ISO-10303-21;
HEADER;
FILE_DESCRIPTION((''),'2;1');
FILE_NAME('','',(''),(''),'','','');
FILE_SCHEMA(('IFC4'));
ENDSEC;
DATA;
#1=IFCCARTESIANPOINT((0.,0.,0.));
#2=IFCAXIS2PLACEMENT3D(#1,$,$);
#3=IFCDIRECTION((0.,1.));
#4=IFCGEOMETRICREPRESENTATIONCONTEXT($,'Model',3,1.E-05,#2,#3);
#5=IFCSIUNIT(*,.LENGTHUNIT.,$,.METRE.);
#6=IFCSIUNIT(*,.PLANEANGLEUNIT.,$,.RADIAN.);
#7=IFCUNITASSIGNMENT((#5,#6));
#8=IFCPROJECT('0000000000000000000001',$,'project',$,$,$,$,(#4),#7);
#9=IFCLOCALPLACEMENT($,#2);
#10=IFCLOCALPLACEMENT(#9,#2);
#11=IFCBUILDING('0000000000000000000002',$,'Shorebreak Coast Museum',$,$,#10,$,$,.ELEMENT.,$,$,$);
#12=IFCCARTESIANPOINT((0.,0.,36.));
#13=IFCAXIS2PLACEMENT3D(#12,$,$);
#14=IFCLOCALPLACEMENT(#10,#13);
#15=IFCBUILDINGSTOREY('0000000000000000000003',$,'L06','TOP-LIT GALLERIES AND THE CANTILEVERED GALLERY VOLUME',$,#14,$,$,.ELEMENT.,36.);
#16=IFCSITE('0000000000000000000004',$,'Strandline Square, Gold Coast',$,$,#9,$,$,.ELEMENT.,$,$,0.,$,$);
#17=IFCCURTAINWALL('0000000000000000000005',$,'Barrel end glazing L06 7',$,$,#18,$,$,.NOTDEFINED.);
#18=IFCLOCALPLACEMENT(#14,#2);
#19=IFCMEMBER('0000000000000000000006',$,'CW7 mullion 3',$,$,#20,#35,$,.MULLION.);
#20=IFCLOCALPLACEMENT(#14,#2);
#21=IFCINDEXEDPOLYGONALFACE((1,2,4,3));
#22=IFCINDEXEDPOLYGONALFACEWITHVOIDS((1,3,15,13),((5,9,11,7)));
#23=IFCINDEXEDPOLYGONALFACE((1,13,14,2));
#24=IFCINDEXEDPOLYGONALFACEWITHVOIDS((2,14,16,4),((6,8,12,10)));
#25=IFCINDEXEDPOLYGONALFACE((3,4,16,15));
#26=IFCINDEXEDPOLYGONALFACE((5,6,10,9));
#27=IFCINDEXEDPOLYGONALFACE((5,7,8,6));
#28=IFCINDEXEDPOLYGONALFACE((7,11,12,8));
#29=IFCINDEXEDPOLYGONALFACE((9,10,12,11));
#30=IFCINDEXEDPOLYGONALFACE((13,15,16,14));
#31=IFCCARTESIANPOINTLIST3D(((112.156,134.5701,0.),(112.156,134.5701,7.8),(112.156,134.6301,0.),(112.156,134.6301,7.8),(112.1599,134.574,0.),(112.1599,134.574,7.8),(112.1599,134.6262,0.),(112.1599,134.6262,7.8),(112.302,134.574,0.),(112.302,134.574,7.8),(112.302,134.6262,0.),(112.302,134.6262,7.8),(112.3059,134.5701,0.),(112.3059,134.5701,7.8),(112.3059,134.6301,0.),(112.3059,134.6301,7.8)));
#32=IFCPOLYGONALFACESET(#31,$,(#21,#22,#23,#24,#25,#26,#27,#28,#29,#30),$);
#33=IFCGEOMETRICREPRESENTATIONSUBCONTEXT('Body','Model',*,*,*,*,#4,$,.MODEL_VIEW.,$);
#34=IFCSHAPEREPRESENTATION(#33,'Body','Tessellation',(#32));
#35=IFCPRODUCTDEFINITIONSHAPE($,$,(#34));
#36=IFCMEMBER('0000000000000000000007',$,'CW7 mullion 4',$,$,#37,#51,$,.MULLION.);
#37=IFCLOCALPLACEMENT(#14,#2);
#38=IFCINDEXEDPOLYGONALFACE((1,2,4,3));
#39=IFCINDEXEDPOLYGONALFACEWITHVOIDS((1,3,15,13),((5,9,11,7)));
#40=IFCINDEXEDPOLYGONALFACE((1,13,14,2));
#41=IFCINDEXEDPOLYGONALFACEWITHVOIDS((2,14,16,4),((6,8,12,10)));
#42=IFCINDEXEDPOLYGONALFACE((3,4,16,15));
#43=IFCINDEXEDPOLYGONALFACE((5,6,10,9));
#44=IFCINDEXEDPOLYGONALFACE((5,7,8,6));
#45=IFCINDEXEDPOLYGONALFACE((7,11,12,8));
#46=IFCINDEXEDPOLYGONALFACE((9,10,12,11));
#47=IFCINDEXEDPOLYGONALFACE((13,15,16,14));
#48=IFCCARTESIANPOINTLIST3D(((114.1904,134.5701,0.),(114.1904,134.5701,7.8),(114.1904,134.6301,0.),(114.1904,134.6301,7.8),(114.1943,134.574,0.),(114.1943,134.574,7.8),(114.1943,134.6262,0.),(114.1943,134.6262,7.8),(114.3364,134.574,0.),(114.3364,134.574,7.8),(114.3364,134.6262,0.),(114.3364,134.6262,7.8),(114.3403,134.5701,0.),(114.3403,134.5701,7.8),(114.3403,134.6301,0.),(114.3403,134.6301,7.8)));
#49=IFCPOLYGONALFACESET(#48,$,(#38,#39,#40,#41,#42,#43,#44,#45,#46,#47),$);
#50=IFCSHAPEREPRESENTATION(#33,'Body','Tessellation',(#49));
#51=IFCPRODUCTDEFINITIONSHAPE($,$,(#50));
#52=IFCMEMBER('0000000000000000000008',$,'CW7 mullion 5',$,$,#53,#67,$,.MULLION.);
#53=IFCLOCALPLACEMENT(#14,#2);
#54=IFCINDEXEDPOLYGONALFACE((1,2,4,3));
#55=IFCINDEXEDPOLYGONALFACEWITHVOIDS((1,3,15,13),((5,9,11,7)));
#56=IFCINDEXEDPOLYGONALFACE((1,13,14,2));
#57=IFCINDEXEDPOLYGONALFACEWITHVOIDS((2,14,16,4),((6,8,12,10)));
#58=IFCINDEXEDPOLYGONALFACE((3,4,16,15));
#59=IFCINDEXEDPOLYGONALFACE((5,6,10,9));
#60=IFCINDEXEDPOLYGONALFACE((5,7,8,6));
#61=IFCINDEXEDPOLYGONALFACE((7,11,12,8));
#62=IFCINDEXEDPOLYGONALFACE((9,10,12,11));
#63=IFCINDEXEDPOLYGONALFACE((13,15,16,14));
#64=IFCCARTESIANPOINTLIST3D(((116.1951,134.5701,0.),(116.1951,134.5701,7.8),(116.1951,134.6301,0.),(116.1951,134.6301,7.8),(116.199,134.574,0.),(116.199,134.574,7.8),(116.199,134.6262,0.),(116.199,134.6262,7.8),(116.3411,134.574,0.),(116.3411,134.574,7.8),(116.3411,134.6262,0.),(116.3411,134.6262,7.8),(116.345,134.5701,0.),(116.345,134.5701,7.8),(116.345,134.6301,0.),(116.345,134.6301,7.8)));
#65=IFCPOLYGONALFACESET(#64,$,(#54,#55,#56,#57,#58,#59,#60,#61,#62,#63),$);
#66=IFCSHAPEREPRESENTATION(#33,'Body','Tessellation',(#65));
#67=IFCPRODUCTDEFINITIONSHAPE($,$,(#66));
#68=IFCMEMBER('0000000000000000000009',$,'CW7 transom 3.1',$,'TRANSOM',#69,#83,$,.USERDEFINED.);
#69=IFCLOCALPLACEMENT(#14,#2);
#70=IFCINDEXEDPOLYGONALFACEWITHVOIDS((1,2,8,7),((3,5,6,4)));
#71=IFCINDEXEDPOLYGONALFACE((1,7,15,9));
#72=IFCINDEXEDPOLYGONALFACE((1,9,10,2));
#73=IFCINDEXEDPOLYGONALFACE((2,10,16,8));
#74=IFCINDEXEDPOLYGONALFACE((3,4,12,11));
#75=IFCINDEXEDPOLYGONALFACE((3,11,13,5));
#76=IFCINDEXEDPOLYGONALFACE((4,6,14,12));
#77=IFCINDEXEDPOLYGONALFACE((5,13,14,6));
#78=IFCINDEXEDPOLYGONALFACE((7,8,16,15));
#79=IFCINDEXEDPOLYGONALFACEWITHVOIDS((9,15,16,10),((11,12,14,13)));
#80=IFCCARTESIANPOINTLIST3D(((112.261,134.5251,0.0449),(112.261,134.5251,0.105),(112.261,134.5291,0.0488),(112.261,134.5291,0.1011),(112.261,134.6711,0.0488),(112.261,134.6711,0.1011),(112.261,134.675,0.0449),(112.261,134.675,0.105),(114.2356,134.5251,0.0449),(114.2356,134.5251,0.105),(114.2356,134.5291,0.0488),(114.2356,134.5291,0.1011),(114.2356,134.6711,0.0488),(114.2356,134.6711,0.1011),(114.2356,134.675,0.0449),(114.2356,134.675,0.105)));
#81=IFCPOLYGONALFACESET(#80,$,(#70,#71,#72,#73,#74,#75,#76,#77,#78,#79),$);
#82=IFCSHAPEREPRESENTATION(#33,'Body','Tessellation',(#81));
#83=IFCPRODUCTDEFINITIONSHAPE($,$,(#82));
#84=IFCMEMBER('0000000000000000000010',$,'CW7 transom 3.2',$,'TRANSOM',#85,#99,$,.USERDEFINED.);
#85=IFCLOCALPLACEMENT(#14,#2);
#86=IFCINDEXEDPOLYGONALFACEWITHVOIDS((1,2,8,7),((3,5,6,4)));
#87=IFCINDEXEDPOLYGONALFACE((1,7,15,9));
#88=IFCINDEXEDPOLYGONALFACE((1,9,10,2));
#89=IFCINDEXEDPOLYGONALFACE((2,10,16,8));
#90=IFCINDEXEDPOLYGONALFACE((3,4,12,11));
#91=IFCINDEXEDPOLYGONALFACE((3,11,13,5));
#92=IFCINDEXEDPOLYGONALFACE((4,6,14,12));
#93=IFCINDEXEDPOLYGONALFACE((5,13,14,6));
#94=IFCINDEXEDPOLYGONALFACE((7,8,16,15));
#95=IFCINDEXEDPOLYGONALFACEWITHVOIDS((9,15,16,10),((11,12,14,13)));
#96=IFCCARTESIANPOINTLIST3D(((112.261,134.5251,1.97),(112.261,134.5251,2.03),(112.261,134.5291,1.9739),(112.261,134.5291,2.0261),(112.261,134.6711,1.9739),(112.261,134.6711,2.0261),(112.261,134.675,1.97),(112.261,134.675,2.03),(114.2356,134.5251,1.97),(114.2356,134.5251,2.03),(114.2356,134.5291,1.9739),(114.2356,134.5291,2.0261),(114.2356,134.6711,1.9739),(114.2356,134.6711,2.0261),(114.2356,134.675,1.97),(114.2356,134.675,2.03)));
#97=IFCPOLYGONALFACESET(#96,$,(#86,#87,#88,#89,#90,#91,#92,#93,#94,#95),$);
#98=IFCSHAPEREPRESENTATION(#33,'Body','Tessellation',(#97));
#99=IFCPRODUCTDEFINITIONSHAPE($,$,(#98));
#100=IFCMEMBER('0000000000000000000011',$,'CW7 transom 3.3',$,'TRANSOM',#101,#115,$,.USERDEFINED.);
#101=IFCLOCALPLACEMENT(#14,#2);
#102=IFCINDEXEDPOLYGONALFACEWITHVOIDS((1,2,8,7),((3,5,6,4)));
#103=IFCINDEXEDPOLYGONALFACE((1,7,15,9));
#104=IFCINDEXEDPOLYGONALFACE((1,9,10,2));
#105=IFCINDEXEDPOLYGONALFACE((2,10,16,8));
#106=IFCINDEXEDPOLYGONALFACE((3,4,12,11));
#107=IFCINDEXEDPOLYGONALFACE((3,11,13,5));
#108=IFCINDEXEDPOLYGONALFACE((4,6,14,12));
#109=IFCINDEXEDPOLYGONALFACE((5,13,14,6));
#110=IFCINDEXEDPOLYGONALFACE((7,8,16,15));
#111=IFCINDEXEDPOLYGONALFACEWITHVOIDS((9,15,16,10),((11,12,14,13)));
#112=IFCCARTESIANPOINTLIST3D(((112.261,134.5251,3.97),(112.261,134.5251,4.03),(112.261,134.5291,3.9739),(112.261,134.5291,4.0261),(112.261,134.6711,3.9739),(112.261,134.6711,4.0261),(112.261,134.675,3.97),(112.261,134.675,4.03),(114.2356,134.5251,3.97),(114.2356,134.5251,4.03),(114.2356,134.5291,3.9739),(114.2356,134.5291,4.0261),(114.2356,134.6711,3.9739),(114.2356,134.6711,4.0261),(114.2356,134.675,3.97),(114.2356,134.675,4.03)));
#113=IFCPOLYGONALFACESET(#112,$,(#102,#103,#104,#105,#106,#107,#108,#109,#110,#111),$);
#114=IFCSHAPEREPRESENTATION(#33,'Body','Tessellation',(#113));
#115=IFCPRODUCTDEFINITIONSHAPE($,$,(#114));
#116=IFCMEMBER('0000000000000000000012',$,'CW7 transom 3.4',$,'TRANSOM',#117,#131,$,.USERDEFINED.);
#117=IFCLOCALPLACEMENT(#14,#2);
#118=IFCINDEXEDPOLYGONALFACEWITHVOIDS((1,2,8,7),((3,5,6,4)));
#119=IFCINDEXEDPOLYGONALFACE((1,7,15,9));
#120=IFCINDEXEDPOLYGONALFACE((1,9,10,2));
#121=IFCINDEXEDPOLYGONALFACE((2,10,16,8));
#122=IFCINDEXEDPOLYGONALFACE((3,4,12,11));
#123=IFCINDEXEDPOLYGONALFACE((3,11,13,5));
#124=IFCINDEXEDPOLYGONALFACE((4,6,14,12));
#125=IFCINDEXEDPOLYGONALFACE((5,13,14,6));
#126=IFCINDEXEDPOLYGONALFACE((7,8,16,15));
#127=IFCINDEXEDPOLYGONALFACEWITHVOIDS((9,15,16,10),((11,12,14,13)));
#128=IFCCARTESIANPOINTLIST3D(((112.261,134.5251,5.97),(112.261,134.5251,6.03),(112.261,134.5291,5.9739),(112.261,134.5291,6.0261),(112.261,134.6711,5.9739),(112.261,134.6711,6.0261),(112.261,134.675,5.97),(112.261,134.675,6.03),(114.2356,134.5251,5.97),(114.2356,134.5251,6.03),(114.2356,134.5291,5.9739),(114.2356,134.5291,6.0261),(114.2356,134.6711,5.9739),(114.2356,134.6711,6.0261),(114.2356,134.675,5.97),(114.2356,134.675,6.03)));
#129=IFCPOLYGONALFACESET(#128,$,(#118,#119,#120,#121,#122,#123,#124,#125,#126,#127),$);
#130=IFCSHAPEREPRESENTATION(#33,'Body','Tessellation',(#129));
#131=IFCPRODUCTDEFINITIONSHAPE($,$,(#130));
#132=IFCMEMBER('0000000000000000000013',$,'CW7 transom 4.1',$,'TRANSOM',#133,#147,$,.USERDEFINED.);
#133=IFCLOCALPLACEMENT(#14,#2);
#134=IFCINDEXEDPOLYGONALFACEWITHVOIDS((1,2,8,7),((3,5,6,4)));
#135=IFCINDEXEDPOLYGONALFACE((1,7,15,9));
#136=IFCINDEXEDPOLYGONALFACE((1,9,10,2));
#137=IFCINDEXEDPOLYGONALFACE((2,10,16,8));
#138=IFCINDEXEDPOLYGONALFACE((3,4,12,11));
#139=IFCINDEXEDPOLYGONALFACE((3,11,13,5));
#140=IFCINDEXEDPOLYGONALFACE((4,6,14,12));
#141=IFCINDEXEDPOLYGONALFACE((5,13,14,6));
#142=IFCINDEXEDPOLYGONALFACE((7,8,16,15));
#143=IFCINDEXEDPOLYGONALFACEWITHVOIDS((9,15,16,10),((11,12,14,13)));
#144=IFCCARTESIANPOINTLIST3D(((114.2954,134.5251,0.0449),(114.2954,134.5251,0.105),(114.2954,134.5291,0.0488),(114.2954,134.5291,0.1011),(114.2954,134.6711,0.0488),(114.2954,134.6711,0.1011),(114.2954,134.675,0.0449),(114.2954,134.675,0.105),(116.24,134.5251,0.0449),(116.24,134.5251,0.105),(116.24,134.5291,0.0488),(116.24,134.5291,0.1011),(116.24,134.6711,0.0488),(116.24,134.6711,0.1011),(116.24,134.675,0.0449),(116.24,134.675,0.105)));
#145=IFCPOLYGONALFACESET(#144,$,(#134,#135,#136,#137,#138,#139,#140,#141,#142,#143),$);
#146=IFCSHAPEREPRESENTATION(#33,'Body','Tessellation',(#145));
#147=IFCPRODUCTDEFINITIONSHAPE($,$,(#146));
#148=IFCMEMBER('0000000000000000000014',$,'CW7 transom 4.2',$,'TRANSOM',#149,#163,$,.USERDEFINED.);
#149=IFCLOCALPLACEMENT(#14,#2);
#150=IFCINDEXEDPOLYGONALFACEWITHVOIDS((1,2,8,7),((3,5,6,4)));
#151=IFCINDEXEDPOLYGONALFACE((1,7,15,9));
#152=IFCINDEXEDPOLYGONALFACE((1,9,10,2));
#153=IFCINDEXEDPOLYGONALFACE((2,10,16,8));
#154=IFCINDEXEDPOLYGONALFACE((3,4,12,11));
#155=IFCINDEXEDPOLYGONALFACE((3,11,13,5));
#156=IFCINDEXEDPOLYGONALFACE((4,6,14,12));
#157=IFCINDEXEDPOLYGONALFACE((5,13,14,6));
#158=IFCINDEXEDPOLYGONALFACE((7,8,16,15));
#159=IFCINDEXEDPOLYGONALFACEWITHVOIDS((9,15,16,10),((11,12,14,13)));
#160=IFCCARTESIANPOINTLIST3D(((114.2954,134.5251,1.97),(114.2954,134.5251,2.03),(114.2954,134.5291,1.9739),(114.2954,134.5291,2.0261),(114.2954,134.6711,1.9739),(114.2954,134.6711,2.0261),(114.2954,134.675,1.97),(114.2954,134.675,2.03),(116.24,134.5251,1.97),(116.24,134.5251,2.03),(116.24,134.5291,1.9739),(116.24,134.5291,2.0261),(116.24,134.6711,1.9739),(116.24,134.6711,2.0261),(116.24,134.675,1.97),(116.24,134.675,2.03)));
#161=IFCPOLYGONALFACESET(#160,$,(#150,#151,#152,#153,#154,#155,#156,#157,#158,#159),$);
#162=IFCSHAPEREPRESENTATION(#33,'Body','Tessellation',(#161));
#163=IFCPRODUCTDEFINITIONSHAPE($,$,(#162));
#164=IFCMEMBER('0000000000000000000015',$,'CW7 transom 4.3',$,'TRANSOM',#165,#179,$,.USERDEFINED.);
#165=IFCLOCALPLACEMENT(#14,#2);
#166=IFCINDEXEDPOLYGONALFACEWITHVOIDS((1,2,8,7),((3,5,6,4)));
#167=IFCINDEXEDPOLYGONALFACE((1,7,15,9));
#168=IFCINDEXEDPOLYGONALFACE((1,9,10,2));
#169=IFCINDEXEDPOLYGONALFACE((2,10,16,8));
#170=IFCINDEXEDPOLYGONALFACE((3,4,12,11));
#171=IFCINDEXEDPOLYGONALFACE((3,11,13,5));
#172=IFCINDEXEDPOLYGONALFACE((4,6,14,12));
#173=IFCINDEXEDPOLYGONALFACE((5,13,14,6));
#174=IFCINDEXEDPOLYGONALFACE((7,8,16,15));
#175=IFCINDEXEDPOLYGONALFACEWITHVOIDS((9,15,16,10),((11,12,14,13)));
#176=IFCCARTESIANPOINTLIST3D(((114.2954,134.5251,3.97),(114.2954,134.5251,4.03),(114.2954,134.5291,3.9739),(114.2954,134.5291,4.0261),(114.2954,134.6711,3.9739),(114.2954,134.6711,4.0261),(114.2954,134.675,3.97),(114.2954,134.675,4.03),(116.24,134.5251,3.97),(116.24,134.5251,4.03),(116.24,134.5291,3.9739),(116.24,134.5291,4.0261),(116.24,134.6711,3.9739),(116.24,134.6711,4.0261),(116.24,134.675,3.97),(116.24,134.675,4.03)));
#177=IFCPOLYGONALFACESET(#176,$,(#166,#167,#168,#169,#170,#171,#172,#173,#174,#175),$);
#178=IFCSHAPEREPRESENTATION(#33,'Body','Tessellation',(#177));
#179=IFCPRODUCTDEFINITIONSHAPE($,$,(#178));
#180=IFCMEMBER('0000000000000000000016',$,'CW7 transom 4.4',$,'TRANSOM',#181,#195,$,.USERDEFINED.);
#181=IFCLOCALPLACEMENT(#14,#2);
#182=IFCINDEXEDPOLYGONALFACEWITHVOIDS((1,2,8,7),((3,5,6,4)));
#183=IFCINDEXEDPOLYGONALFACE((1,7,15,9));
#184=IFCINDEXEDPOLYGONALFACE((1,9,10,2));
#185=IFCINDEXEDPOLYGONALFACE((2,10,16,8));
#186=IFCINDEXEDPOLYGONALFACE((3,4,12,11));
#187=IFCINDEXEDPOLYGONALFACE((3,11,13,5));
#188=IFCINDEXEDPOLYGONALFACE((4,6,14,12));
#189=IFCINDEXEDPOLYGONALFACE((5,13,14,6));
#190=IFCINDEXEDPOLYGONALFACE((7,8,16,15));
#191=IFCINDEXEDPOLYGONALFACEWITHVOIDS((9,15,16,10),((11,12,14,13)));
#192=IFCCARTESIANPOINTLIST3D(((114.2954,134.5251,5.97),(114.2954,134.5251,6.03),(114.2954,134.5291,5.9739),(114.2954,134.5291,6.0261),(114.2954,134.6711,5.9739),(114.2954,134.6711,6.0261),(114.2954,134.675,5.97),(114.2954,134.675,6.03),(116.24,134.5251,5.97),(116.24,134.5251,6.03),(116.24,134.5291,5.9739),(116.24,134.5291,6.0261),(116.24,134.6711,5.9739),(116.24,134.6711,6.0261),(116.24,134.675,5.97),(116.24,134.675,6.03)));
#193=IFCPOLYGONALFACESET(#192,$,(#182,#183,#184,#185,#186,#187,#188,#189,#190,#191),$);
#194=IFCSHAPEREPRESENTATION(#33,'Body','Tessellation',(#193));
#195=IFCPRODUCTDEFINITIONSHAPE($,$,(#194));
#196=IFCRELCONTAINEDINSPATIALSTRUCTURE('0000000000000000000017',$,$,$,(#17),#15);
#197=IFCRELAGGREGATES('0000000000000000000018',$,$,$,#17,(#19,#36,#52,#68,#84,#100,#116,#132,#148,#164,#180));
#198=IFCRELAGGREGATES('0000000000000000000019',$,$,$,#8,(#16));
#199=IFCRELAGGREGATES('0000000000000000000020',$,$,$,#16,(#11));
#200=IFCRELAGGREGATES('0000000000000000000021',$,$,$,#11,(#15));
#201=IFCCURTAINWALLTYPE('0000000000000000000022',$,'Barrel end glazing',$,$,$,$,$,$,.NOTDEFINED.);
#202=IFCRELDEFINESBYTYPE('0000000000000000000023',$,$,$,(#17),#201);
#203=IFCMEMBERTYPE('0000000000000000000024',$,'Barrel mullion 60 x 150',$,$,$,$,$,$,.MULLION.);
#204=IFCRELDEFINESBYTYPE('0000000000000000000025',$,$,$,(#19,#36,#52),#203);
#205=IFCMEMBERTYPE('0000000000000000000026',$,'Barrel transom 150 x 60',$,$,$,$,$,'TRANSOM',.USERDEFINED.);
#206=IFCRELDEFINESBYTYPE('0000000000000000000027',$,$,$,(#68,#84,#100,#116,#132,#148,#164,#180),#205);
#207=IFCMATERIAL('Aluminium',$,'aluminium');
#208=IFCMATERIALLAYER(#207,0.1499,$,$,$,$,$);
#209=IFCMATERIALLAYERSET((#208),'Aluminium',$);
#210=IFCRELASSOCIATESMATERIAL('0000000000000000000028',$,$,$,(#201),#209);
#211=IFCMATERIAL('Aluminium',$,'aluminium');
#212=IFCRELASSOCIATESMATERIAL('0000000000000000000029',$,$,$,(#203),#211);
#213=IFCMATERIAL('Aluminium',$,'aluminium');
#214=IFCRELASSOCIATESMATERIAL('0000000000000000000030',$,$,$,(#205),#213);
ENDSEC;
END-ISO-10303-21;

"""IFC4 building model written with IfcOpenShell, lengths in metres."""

from ifc_helpers import new_model, si_unit, direction, frame, origin, origin_2d, place, context, subcontext, project, spatial, hollow_rectangle, extrude, material, layer, layer_set, material_profile, profile_set, type_object, element, aggregate, save


model = new_model("IFC4")

# Units and contexts
model_context = context("Model", 3, precision=1e-05, world=origin(), true_north=direction((0.0, 1.0)))
body_context = subcontext(model_context, "Body", "Model", "MODEL_VIEW")
ifc_project = project(units=[si_unit("LENGTHUNIT", "METRE"), si_unit("PLANEANGLEUNIT", "RADIAN")], contexts=[model_context])

# Site, building, storey
site_placement = place(None, origin())
site = spatial("IfcSite", under=ifc_project, at=site_placement, Name="Strandline Square, Gold Coast", CompositionType="ELEMENT", RefElevation=0.0)
building_placement = place(site_placement, origin())
building = spatial("IfcBuilding", under=site, at=building_placement, Name="Shorebreak Coast Museum", CompositionType="ELEMENT")
storey_placement = place(building_placement, frame((0.0, 0.0, 36.0)))
storey = spatial("IfcBuildingStorey", under=building, at=storey_placement, Name="L06", Description="TOP-LIT GALLERIES AND THE CANTILEVERED GALLERY VOLUME", CompositionType="ELEMENT", Elevation=36.0)

# Curtain wall, members
ifc_material_1 = material(Name="Aluminium", Category="aluminium")
ifc_layer_1 = layer(ifc_material_1, 0.1499)
ifc_layer_set_1 = layer_set([ifc_layer_1], Name="Aluminium")
curtain_wall_type = type_object("IfcCurtainWallType", Name="Barrel end glazing", PredefinedType="NOTDEFINED", material=ifc_layer_set_1)
curtain_wall_placement = place(storey_placement, origin())
curtain_wall = element("IfcCurtainWall", 1, at=curtain_wall_placement, inside=storey, type_object=curtain_wall_type, Name="Barrel end glazing L06 7", PredefinedType="NOTDEFINED")
ifc_material_2 = material(Name="Aluminium", Category="aluminium")
ifc_material_profile_1 = material_profile(ifc_material_2, hollow_rectangle(XDim=0.0601, YDim=0.1499, WallThickness=0.0039, at=origin_2d()), Name="AL 150x60 RHS")
ifc_profile_set_1 = profile_set([ifc_material_profile_1], Name="Aluminium")
member_type_1 = type_object("IfcMemberType", Name="Barrel mullion 60 x 150", PredefinedType="MULLION", material=ifc_profile_set_1)
member_1_placement = place(storey_placement, frame((112.231, 134.6001, 0.0), z_axis=(0.0, 0.0, 1.0), x_axis=(0.0, 1.0, 0.0)))
member_1 = element("IfcMember", 2, at=member_1_placement, type_object=member_type_1, Name="CW7 mullion 3", PredefinedType="MULLION", context=body_context, shape_type="SweptSolid", body=[
    extrude(hollow_rectangle(XDim=0.0601, YDim=0.1499, WallThickness=0.0039, at=origin_2d()), origin(), (0.0, 0.0, 1.0), 7.8),
])
member_2_placement = place(storey_placement, frame((114.2654, 134.6001, 0.0), z_axis=(0.0, 0.0, 1.0), x_axis=(0.0, 1.0, 0.0)))
member_2 = element("IfcMember", 3, at=member_2_placement, type_object=member_type_1, Name="CW7 mullion 4", PredefinedType="MULLION", context=body_context, shape_type="SweptSolid", body=[
    extrude(hollow_rectangle(XDim=0.0601, YDim=0.1499, WallThickness=0.0039, at=origin_2d()), origin(), (0.0, 0.0, 1.0), 7.8),
])
member_3_placement = place(storey_placement, frame((116.27, 134.6001, 0.0), z_axis=(0.0, 0.0, 1.0), x_axis=(0.0, 1.0, 0.0)))
member_3 = element("IfcMember", 4, at=member_3_placement, type_object=member_type_1, Name="CW7 mullion 5", PredefinedType="MULLION", context=body_context, shape_type="SweptSolid", body=[
    extrude(hollow_rectangle(XDim=0.0601, YDim=0.1499, WallThickness=0.0039, at=origin_2d()), origin(), (0.0, 0.0, 1.0), 7.8),
])
ifc_material_3 = material(Name="Aluminium", Category="aluminium")
ifc_material_profile_2 = material_profile(ifc_material_3, hollow_rectangle(XDim=0.1499, YDim=0.0601, WallThickness=0.0039, at=origin_2d()), Name="AL 60x150 RHS")
ifc_profile_set_2 = profile_set([ifc_material_profile_2], Name="Aluminium")
member_type_2 = type_object("IfcMemberType", Name="Barrel transom 150 x 60", ElementType="TRANSOM", PredefinedType="USERDEFINED", material=ifc_profile_set_2)
member_4_placement = place(storey_placement, frame((112.261, 134.6001, 0.075), z_axis=(1.0, 0.0, 0.0), x_axis=(0.0, 1.0, 0.0)))
member_4 = element("IfcMember", 5, at=member_4_placement, type_object=member_type_2, Name="CW7 transom 3.1", ObjectType="TRANSOM", PredefinedType="USERDEFINED", context=body_context, shape_type="SweptSolid", body=[
    extrude(hollow_rectangle(XDim=0.1499, YDim=0.0601, WallThickness=0.0039, at=origin_2d()), origin(), (0.0, 0.0, 1.0), 1.9746),
])
member_5_placement = place(storey_placement, frame((112.261, 134.6001, 2.0), z_axis=(1.0, 0.0, 0.0), x_axis=(0.0, 1.0, 0.0)))
member_5 = element("IfcMember", 6, at=member_5_placement, type_object=member_type_2, Name="CW7 transom 3.2", ObjectType="TRANSOM", PredefinedType="USERDEFINED", context=body_context, shape_type="SweptSolid", body=[
    extrude(hollow_rectangle(XDim=0.1499, YDim=0.0601, WallThickness=0.0039, at=origin_2d()), origin(), (0.0, 0.0, 1.0), 1.9746),
])
member_6_placement = place(storey_placement, frame((112.261, 134.6001, 4.0), z_axis=(1.0, 0.0, 0.0), x_axis=(0.0, 1.0, 0.0)))
member_6 = element("IfcMember", 7, at=member_6_placement, type_object=member_type_2, Name="CW7 transom 3.3", ObjectType="TRANSOM", PredefinedType="USERDEFINED", context=body_context, shape_type="SweptSolid", body=[
    extrude(hollow_rectangle(XDim=0.1499, YDim=0.0601, WallThickness=0.0039, at=origin_2d()), origin(), (0.0, 0.0, 1.0), 1.9746),
])
member_7_placement = place(storey_placement, frame((112.261, 134.6001, 6.0), z_axis=(1.0, 0.0, 0.0), x_axis=(0.0, 1.0, 0.0)))
member_7 = element("IfcMember", 8, at=member_7_placement, type_object=member_type_2, Name="CW7 transom 3.4", ObjectType="TRANSOM", PredefinedType="USERDEFINED", context=body_context, shape_type="SweptSolid", body=[
    extrude(hollow_rectangle(XDim=0.1499, YDim=0.0601, WallThickness=0.0039, at=origin_2d()), origin(), (0.0, 0.0, 1.0), 1.9746),
])
member_8_placement = place(storey_placement, frame((114.2954, 134.6001, 0.075), z_axis=(1.0, 0.0, 0.0), x_axis=(0.0, 1.0, 0.0)))
member_8 = element("IfcMember", 9, at=member_8_placement, type_object=member_type_2, Name="CW7 transom 4.1", ObjectType="TRANSOM", PredefinedType="USERDEFINED", context=body_context, shape_type="SweptSolid", body=[
    extrude(hollow_rectangle(XDim=0.1499, YDim=0.0601, WallThickness=0.0039, at=origin_2d()), origin(), (0.0, 0.0, 1.0), 1.9446),
])
member_9_placement = place(storey_placement, frame((114.2954, 134.6001, 2.0), z_axis=(1.0, 0.0, 0.0), x_axis=(0.0, 1.0, 0.0)))
member_9 = element("IfcMember", 10, at=member_9_placement, type_object=member_type_2, Name="CW7 transom 4.2", ObjectType="TRANSOM", PredefinedType="USERDEFINED", context=body_context, shape_type="SweptSolid", body=[
    extrude(hollow_rectangle(XDim=0.1499, YDim=0.0601, WallThickness=0.0039, at=origin_2d()), origin(), (0.0, 0.0, 1.0), 1.9446),
])
member_10_placement = place(storey_placement, frame((114.2954, 134.6001, 4.0), z_axis=(1.0, 0.0, 0.0), x_axis=(0.0, 1.0, 0.0)))
member_10 = element("IfcMember", 11, at=member_10_placement, type_object=member_type_2, Name="CW7 transom 4.3", ObjectType="TRANSOM", PredefinedType="USERDEFINED", context=body_context, shape_type="SweptSolid", body=[
    extrude(hollow_rectangle(XDim=0.1499, YDim=0.0601, WallThickness=0.0039, at=origin_2d()), origin(), (0.0, 0.0, 1.0), 1.9446),
])
member_11_placement = place(storey_placement, frame((114.2954, 134.6001, 6.0), z_axis=(1.0, 0.0, 0.0), x_axis=(0.0, 1.0, 0.0)))
member_11 = element("IfcMember", 12, at=member_11_placement, type_object=member_type_2, Name="CW7 transom 4.4", ObjectType="TRANSOM", PredefinedType="USERDEFINED", context=body_context, shape_type="SweptSolid", body=[
    extrude(hollow_rectangle(XDim=0.1499, YDim=0.0601, WallThickness=0.0039, at=origin_2d()), origin(), (0.0, 0.0, 1.0), 1.9446),
])

aggregate(curtain_wall, [member_1, member_2, member_3, member_4, member_5, member_6, member_7, member_8, member_9, member_10, member_11])

save(model, "model.ifc")
